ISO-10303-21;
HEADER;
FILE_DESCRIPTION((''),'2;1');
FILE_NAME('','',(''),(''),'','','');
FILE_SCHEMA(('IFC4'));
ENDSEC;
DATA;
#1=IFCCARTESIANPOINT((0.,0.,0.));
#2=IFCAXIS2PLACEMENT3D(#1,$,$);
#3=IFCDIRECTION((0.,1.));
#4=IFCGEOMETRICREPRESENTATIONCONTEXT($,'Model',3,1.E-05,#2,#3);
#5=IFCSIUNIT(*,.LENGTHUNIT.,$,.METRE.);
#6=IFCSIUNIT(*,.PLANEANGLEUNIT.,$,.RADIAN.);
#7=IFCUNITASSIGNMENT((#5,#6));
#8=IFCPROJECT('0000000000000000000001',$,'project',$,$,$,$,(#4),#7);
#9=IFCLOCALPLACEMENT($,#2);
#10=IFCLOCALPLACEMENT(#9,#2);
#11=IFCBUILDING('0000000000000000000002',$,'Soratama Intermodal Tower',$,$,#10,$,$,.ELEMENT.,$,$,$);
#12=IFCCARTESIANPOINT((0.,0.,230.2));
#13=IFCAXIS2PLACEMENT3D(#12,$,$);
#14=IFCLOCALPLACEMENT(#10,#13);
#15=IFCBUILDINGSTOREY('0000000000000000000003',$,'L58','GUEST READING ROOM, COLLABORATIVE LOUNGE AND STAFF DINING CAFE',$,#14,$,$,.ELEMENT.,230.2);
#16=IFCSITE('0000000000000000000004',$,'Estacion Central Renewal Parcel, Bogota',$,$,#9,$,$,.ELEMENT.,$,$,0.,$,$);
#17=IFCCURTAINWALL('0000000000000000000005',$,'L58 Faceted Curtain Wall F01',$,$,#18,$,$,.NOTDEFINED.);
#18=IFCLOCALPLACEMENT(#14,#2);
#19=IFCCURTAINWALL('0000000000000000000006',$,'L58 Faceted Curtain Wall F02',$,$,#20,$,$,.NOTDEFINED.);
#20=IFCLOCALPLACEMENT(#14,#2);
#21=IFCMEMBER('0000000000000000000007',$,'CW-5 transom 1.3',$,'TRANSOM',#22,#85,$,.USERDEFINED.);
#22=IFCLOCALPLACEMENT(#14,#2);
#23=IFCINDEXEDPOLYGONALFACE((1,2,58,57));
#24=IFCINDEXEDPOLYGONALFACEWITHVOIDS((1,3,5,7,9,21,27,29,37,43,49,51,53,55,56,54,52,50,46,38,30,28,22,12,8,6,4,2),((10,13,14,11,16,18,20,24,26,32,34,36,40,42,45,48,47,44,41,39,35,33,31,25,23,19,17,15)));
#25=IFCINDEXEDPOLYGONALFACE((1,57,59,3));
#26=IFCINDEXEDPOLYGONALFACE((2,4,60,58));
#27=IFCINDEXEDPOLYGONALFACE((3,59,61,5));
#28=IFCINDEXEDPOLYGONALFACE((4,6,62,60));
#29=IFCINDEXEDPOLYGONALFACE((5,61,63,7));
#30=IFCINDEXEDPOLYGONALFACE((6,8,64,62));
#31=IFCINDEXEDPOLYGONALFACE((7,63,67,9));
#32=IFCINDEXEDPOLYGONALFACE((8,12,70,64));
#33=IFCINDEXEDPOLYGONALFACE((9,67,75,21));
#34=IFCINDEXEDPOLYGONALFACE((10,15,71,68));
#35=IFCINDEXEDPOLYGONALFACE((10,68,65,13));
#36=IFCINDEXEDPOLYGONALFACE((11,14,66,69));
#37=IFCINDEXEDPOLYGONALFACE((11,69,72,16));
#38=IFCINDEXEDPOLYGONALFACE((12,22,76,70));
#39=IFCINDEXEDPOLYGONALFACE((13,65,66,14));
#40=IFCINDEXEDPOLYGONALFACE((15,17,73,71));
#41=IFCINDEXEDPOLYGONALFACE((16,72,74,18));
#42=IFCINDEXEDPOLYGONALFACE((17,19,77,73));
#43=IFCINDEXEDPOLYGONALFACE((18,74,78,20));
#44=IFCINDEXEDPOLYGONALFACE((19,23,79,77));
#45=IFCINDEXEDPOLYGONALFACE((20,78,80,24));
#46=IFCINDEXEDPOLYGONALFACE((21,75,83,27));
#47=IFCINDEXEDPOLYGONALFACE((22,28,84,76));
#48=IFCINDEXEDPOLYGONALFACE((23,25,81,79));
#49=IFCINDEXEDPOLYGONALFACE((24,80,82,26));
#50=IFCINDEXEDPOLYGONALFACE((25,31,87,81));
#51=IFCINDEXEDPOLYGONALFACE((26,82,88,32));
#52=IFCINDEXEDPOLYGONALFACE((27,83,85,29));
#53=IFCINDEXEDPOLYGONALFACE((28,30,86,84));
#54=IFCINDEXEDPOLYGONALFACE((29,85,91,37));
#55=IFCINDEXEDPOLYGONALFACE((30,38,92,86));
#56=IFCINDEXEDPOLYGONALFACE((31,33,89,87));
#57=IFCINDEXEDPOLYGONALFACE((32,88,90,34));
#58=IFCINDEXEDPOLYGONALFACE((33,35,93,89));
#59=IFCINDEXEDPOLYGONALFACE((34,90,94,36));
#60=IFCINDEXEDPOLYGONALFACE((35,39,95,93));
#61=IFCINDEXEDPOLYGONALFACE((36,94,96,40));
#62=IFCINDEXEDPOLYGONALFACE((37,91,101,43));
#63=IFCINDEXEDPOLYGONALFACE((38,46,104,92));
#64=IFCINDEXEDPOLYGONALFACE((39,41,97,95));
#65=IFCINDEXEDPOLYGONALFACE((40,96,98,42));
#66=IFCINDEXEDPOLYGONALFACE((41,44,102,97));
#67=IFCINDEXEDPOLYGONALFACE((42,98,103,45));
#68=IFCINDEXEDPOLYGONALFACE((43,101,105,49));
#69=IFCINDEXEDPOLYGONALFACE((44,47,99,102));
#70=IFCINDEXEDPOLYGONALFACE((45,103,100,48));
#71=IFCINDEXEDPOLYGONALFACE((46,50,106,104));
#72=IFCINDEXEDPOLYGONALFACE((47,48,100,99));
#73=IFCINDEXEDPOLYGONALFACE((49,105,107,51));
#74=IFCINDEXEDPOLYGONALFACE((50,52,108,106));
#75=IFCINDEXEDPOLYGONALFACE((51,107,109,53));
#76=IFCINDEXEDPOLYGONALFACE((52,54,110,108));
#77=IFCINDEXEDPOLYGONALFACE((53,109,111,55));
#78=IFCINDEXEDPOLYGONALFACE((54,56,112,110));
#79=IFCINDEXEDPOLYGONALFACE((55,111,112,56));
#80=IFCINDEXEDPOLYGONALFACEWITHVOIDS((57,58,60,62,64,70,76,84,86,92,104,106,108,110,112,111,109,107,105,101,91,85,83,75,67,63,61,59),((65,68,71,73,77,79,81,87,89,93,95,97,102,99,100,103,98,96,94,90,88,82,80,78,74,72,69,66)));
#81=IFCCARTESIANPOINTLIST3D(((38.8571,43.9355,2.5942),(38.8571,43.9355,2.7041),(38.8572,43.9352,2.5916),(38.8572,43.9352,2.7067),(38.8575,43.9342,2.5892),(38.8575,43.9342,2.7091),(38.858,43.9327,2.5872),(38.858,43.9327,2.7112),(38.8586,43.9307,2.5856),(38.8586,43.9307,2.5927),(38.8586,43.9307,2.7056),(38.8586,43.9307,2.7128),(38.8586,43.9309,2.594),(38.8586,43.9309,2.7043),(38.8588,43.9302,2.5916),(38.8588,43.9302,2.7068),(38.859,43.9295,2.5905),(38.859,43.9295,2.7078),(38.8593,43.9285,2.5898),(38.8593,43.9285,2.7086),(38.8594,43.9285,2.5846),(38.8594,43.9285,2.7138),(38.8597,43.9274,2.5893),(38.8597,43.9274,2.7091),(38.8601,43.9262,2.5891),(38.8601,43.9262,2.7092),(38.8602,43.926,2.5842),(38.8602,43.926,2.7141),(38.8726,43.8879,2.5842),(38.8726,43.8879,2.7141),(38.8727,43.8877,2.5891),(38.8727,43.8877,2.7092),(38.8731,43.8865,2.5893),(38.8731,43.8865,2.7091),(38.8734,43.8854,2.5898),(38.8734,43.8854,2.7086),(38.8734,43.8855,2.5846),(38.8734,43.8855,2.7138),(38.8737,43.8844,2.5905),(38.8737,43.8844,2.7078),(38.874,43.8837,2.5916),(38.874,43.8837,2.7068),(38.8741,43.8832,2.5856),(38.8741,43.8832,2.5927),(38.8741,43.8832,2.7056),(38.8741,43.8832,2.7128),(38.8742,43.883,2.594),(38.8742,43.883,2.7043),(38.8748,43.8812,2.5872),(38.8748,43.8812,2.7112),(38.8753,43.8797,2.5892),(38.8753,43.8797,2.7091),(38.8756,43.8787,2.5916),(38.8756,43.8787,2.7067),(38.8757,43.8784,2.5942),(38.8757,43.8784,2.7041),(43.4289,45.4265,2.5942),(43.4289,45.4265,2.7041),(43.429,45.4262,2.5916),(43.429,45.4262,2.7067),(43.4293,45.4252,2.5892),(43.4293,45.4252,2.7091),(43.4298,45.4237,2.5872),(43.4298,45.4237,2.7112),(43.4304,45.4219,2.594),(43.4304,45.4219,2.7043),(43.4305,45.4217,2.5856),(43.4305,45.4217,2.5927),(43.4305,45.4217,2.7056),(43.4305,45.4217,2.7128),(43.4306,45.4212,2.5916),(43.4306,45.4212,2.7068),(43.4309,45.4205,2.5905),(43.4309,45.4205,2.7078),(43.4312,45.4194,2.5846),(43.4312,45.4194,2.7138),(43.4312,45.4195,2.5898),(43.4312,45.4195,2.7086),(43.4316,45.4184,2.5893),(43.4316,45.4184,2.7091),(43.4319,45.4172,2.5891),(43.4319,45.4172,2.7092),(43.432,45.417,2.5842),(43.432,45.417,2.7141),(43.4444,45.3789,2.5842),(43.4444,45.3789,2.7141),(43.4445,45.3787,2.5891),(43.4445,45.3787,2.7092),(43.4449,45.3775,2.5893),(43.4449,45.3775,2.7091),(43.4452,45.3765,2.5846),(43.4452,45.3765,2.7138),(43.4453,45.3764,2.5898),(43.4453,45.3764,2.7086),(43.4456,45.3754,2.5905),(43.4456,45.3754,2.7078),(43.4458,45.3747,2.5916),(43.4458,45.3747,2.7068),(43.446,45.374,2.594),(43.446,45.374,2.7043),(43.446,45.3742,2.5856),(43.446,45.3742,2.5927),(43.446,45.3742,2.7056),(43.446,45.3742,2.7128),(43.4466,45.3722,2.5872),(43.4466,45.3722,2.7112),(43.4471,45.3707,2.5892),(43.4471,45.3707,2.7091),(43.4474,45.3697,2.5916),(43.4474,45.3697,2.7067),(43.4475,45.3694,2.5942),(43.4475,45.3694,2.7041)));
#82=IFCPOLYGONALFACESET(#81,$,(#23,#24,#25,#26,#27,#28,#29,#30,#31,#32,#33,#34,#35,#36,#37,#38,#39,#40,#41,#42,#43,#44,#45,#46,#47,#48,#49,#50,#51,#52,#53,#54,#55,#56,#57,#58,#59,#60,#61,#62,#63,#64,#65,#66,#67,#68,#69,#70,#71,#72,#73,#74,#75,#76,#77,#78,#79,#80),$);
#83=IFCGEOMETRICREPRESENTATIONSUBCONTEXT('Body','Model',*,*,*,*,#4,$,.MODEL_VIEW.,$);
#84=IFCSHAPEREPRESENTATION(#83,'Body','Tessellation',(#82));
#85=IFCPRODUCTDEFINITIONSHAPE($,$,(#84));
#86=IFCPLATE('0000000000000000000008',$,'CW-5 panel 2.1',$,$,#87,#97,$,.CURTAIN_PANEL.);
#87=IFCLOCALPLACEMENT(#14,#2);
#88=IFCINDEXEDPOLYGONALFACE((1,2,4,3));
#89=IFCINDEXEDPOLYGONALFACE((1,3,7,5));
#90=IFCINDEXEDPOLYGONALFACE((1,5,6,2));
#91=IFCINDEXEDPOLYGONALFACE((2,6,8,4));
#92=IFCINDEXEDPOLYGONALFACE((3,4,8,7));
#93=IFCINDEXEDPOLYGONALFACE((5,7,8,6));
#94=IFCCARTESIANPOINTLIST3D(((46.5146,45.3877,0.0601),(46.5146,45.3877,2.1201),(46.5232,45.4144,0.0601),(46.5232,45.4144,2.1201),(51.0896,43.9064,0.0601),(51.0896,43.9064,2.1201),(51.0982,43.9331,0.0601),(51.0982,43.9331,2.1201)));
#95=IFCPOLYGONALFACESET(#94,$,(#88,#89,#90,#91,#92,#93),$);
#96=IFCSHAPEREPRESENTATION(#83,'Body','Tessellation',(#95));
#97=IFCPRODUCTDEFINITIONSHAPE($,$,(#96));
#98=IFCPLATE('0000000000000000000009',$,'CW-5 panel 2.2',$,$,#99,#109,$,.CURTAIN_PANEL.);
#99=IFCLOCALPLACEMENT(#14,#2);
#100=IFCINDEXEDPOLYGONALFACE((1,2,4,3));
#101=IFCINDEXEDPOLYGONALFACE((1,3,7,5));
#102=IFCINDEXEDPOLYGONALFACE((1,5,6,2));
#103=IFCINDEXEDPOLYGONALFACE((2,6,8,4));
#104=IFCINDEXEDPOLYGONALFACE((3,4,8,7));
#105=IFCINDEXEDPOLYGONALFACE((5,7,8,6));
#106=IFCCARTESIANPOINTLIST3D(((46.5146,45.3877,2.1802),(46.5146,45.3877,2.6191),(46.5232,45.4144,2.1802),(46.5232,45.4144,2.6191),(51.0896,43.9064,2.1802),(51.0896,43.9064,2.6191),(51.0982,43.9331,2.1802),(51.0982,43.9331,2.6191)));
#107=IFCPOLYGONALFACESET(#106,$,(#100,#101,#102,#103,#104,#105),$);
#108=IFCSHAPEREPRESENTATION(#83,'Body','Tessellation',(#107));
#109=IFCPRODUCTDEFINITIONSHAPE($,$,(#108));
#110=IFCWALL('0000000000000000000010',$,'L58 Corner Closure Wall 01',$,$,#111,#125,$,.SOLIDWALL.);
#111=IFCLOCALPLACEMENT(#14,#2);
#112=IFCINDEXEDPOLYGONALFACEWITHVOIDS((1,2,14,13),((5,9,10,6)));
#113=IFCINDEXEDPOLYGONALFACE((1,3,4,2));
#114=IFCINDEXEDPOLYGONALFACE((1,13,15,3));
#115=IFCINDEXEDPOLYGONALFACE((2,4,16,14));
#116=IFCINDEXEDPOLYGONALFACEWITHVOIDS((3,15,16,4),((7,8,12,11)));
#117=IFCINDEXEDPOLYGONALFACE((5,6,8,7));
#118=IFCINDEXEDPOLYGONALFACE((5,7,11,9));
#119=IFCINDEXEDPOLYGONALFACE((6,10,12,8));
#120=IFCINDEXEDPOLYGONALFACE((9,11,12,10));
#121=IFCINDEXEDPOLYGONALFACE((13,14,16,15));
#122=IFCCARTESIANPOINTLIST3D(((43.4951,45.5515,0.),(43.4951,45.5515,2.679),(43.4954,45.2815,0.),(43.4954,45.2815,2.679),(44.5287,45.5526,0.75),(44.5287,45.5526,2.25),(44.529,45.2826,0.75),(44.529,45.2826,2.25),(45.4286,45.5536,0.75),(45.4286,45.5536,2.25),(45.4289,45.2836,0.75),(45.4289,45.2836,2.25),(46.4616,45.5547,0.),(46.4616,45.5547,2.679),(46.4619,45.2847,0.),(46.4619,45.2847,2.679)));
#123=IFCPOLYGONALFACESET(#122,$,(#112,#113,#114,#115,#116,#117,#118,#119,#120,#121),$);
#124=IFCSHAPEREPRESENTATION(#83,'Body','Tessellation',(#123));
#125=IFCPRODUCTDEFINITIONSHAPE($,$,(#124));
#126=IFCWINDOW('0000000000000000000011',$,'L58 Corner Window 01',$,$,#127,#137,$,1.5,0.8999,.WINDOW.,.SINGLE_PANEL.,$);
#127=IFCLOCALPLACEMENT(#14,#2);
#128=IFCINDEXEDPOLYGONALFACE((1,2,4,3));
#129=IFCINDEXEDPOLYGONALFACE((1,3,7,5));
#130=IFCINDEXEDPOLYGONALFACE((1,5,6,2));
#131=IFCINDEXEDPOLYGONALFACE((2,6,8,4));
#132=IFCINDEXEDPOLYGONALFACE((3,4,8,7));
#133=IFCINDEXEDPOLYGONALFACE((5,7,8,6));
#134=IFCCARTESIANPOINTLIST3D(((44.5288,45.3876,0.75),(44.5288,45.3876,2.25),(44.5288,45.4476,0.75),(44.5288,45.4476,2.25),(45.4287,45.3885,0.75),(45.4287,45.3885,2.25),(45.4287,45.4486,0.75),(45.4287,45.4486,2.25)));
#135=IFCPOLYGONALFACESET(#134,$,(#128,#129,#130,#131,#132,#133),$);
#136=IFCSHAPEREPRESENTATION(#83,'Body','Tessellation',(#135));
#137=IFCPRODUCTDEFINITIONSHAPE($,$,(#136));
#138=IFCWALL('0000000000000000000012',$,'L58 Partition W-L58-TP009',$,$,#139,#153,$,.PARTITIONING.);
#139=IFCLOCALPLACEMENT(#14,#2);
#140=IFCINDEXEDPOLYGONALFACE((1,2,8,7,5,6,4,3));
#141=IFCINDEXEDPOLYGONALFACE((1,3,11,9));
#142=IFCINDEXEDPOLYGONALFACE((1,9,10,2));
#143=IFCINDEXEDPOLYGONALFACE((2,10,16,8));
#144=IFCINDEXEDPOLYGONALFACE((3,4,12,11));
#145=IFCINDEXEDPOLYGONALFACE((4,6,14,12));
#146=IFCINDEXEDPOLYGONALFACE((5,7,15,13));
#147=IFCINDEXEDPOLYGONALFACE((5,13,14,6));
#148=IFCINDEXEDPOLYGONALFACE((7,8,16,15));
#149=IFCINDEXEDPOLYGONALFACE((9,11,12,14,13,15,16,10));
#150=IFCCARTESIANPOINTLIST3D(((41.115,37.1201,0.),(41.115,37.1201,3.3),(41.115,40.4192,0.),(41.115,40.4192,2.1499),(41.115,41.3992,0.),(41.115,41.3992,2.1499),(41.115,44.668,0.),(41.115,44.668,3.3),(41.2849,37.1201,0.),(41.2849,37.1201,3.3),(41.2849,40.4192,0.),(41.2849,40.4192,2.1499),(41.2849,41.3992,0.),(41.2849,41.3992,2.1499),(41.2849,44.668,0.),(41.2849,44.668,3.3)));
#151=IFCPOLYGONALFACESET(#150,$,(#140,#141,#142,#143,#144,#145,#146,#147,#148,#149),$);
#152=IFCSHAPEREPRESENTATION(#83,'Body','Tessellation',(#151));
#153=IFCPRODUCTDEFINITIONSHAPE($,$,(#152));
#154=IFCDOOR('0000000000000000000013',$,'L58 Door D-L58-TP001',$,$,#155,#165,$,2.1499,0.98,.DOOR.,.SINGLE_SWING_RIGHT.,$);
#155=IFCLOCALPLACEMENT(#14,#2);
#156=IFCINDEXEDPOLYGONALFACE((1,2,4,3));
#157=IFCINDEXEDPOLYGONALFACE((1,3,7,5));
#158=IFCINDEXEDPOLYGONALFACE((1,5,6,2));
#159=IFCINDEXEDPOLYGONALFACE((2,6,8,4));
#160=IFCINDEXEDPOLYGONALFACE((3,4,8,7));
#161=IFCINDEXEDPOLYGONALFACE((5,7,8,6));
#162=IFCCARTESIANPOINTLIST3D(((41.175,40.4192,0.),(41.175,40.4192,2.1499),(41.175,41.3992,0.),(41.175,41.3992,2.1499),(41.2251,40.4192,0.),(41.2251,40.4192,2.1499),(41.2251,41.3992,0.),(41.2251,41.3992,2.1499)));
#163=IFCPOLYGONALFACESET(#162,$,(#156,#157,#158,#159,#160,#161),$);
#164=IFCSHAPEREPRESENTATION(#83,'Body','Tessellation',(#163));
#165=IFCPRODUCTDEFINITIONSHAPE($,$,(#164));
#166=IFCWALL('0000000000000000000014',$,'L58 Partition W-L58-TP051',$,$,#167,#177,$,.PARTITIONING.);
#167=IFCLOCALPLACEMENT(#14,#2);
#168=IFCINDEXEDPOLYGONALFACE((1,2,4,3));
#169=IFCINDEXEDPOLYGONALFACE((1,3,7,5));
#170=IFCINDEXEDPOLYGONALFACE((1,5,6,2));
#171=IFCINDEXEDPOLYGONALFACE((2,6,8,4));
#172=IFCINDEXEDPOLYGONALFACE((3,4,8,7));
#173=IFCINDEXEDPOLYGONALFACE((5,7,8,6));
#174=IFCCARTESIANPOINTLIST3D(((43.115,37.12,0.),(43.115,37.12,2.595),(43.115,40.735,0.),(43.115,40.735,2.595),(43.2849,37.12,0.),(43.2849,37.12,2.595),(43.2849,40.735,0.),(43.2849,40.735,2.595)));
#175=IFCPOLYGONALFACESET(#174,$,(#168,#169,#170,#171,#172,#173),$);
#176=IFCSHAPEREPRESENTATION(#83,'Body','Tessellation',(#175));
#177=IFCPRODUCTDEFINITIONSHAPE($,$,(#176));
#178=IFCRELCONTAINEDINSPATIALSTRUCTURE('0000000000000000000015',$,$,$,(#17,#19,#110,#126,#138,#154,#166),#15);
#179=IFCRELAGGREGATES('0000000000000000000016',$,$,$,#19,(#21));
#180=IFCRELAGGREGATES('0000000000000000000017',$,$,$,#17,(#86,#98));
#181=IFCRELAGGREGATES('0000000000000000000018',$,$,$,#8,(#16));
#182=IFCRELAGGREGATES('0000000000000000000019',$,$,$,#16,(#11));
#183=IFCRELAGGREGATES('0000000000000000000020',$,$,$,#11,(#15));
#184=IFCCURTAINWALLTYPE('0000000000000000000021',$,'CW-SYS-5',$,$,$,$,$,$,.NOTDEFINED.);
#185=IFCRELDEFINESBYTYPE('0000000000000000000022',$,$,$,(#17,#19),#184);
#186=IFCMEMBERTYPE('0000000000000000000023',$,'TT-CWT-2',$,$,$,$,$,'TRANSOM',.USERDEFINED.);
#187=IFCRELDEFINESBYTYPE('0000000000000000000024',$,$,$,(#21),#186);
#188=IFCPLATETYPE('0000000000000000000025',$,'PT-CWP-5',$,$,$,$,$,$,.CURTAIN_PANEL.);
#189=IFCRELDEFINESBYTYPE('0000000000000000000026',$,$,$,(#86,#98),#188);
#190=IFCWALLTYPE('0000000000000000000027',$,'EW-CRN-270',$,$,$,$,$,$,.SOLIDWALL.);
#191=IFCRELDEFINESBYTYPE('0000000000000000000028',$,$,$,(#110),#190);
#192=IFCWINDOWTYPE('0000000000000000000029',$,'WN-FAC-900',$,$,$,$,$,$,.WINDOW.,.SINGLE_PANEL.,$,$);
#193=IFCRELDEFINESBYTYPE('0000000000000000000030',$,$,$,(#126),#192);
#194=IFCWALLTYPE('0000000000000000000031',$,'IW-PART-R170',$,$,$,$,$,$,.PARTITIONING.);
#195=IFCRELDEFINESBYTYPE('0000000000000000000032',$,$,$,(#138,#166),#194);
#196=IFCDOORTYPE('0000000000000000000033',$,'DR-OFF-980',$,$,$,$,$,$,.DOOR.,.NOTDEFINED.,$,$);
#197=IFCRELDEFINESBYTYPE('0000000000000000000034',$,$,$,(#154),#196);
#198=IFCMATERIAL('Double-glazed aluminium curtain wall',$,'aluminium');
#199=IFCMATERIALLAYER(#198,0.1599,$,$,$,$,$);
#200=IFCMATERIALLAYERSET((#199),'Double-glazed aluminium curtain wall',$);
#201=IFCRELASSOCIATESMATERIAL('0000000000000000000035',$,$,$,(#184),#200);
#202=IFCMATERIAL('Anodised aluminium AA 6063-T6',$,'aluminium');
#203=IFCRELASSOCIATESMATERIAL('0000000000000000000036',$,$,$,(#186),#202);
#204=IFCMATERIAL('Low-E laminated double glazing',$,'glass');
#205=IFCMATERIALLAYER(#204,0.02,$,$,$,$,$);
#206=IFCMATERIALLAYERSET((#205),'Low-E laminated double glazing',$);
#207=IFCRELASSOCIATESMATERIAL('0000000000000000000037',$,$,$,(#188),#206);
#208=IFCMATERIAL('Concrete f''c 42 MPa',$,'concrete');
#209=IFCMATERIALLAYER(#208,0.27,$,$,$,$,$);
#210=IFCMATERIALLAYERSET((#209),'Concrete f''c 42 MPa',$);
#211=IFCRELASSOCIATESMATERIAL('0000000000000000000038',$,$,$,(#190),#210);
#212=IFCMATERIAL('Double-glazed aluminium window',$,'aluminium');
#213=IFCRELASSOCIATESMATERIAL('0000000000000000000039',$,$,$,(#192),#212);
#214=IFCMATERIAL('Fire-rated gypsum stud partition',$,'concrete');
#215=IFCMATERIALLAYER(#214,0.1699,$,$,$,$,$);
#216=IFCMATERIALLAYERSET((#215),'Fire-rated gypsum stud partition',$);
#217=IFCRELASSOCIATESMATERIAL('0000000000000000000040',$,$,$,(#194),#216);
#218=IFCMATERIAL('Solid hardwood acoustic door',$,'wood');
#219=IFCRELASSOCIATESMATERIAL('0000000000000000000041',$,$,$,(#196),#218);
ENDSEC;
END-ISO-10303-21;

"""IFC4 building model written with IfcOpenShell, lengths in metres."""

from ifc_helpers import new_model, si_unit, direction, frame, frame_2d, origin, origin_2d, place, context, subcontext, project, spatial, rectangle, hollow_rectangle, extrude, material, layer, layer_set, material_profile, profile_set, type_object, element, fill, aggregate, save


model = new_model("IFC4")

# Units and contexts
model_context = context("Model", 3, precision=1e-05, world=origin(), true_north=direction((0.0, 1.0)))
body_context = subcontext(model_context, "Body", "Model", "MODEL_VIEW")
ifc_project = project(units=[si_unit("LENGTHUNIT", "METRE"), si_unit("PLANEANGLEUNIT", "RADIAN")], contexts=[model_context])

# Site, building, storey
site_placement = place(None, origin())
site = spatial("IfcSite", under=ifc_project, at=site_placement, Name="Estacion Central Renewal Parcel, Bogota", CompositionType="ELEMENT", RefElevation=0.0)
building_placement = place(site_placement, origin())
building = spatial("IfcBuilding", under=site, at=building_placement, Name="Soratama Intermodal Tower", CompositionType="ELEMENT")
storey_placement = place(building_placement, frame((0.0, 0.0, 230.2)))
storey = spatial("IfcBuildingStorey", under=building, at=storey_placement, Name="L58", Description="GUEST READING ROOM, COLLABORATIVE LOUNGE AND STAFF DINING CAFE", CompositionType="ELEMENT", Elevation=230.2)

# Curtain wall
ifc_material_1 = material(Name="Double-glazed aluminium curtain wall", Category="aluminium")
ifc_layer_1 = layer(ifc_material_1, 0.1599)
ifc_layer_set_1 = layer_set([ifc_layer_1], Name="Double-glazed aluminium curtain wall")
curtain_wall_type = type_object("IfcCurtainWallType", Name="CW-SYS-5", PredefinedType="NOTDEFINED", material=ifc_layer_set_1)
curtain_wall_1_placement = place(storey_placement, origin())
curtain_wall_1 = element("IfcCurtainWall", 1, at=curtain_wall_1_placement, inside=storey, type_object=curtain_wall_type, Name="L58 Faceted Curtain Wall F01", PredefinedType="NOTDEFINED")

# Curtain wall, member
curtain_wall_2_placement = place(storey_placement, origin())
curtain_wall_2 = element("IfcCurtainWall", 2, at=curtain_wall_2_placement, inside=storey, type_object=curtain_wall_type, Name="L58 Faceted Curtain Wall F02", PredefinedType="NOTDEFINED")
ifc_material_2 = material(Name="Anodised aluminium AA 6063-T6", Category="aluminium")
ifc_material_profile_1 = material_profile(ifc_material_2, hollow_rectangle(XDim=0.0601, YDim=0.1299, WallThickness=0.0049, InnerFilletRadius=0.0049, OuterFilletRadius=0.01, at=origin_2d()), Name="CWT130X60X5")
ifc_profile_set_1 = profile_set([ifc_material_profile_1], Name="Anodised aluminium AA 6063-T6")
member_type_1 = type_object("IfcMemberType", Name="TT-CWT-2", ElementType="TRANSOM", PredefinedType="USERDEFINED", material=ifc_profile_set_1)
member_1_placement = place(storey_placement, frame((43.4382, 45.3979, 2.6492), z_axis=(-0.950719, -0.310053, 0.0), x_axis=(0.310053, -0.950719, 0.0)))
member_1 = element("IfcMember", 3, at=member_1_placement, type_object=member_type_1, Name="CW-5 transom 1.3", ObjectType="TRANSOM", PredefinedType="USERDEFINED", context=body_context, shape_type="SweptSolid", body=[
    extrude(hollow_rectangle(XDim=0.0601, YDim=0.1299, WallThickness=0.0049, InnerFilletRadius=0.0049, OuterFilletRadius=0.01, at=origin_2d()), origin(), (0.0, 0.0, 1.0), 4.8088),
])
aggregate(curtain_wall_2, [member_1])

# Plates
ifc_material_3 = material(Name="Low-E laminated double glazing", Category="glass")
ifc_layer_2 = layer(ifc_material_3, 0.02)
ifc_layer_set_2 = layer_set([ifc_layer_2], Name="Low-E laminated double glazing")
plate_type = type_object("IfcPlateType", Name="PT-CWP-5", PredefinedType="CURTAIN_PANEL", material=ifc_layer_set_2)
plate_1_placement = place(storey_placement, frame((48.8064, 44.6604, 0.0601), z_axis=(0.0, 0.0, 1.0), x_axis=(-0.951379, 0.308022, 0.0)))
plate_1 = element("IfcPlate", 4, at=plate_1_placement, type_object=plate_type, Name="CW-5 panel 2.1", PredefinedType="CURTAIN_PANEL", context=body_context, shape_type="SweptSolid", body=[
    extrude(rectangle(XDim=4.8088, YDim=0.0281, at=origin_2d()), origin(), (0.0, 0.0, 1.0), 2.0601),
])
plate_2_placement = place(storey_placement, frame((48.8064, 44.6604, 2.1802), z_axis=(0.0, 0.0, 1.0), x_axis=(-0.951379, 0.308022, 0.0)))
plate_2 = element("IfcPlate", 5, at=plate_2_placement, type_object=plate_type, Name="CW-5 panel 2.2", PredefinedType="CURTAIN_PANEL", context=body_context, shape_type="SweptSolid", body=[
    extrude(rectangle(XDim=4.8088, YDim=0.0281, at=origin_2d()), origin(), (0.0, 0.0, 1.0), 0.439),
])
aggregate(curtain_wall_1, [plate_1, plate_2])

# Wall, opening, window
ifc_material_4 = material(Name="Concrete f'c 42 MPa", Category="concrete")
ifc_layer_3 = layer(ifc_material_4, 0.27)
ifc_layer_set_3 = layer_set([ifc_layer_3], Name="Concrete f'c 42 MPa")
wall_type_1 = type_object("IfcWallType", Name="EW-CRN-270", PredefinedType="SOLIDWALL", material=ifc_layer_set_3)
wall_1_placement = place(storey_placement, frame((46.4619, 45.4197, 0.0), z_axis=(0.0, 0.0, 1.0), x_axis=(-0.999999, -0.00107, 0.0)))
wall_1 = element("IfcWall", 6, at=wall_1_placement, inside=storey, type_object=wall_type_1, Name="L58 Corner Closure Wall 01", PredefinedType="SOLIDWALL", context=body_context, shape_type="SweptSolid", body=[
    extrude(rectangle(XDim=2.9666, YDim=0.27, at=frame_2d((1.4834, 0.0))), origin(), (0.0, 0.0, 1.0), 2.679),
])
opening_1_placement = place(wall_1_placement, frame((1.0332, 0.0, 0.75)))
opening_1 = element("IfcOpeningElement", 7, at=opening_1_placement, cuts=wall_1, PredefinedType="OPENING", context=body_context, shape_type="SweptSolid", body=[
    extrude(rectangle(XDim=0.8999, YDim=1.5, at=frame_2d((0.45, 0.75))), frame((0.0, 0.145, 0.0), z_axis=(0.0, -1.0, 0.0), x_axis=(1.0, 0.0, 0.0)), (0.0, 0.0, 1.0), 0.29),
])
ifc_material_5 = material(Name="Double-glazed aluminium window", Category="aluminium")
window_type = type_object("IfcWindowType", Name="WN-FAC-900", PartitioningType="SINGLE_PANEL", PredefinedType="WINDOW", material=ifc_material_5)
window_placement = place(opening_1_placement, origin())
window = element("IfcWindow", 8, at=window_placement, inside=storey, type_object=window_type, Name="L58 Corner Window 01", OverallHeight=1.5, OverallWidth=0.8999, PartitioningType="SINGLE_PANEL", PredefinedType="WINDOW", context=body_context, shape_type="SweptSolid", body=[
    extrude(rectangle(XDim=0.8999, YDim=1.5, at=frame_2d((0.45, 0.75))), frame((0.0, 0.03, 0.0), z_axis=(0.0, -1.0, 0.0), x_axis=(1.0, 0.0, 0.0)), (0.0, 0.0, 1.0), 0.0601),
])
fill(opening_1, window)

# Wall, opening, door
ifc_material_6 = material(Name="Fire-rated gypsum stud partition", Category="concrete")
ifc_layer_4 = layer(ifc_material_6, 0.1699)
ifc_layer_set_4 = layer_set([ifc_layer_4], Name="Fire-rated gypsum stud partition")
wall_type_2 = type_object("IfcWallType", Name="IW-PART-R170", PredefinedType="PARTITIONING", material=ifc_layer_set_4)
wall_2_placement = place(storey_placement, frame((41.2, 37.1201, 0.0), z_axis=(0.0, 0.0, 1.0), x_axis=(0.0, 1.0, 0.0)))
wall_2 = element("IfcWall", 9, at=wall_2_placement, inside=storey, type_object=wall_type_2, Name="L58 Partition W-L58-TP009", PredefinedType="PARTITIONING", context=body_context, shape_type="SweptSolid", body=[
    extrude(rectangle(XDim=7.5479, YDim=0.1699, at=frame_2d((3.7739, 0.0))), origin(), (0.0, 0.0, 1.0), 3.3),
])
opening_2_placement = place(wall_2_placement, frame((3.2991, 0.0, 0.0)))
opening_2 = element("IfcOpeningElement", 10, at=opening_2_placement, cuts=wall_2, PredefinedType="OPENING", context=body_context, shape_type="SweptSolid", body=[
    extrude(rectangle(XDim=0.98, YDim=2.1499, at=frame_2d((0.49, 1.075))), frame((0.0, 0.095, 0.0), z_axis=(0.0, -1.0, 0.0), x_axis=(1.0, 0.0, 0.0)), (0.0, 0.0, 1.0), 0.1899),
])
ifc_material_7 = material(Name="Solid hardwood acoustic door", Category="wood")
door_type = type_object("IfcDoorType", Name="DR-OFF-980", OperationType="NOTDEFINED", PredefinedType="DOOR", material=ifc_material_7)
door_1_placement = place(opening_2_placement, origin())
door_1 = element("IfcDoor", 11, at=door_1_placement, inside=storey, type_object=door_type, Name="L58 Door D-L58-TP001", OperationType="SINGLE_SWING_RIGHT", OverallHeight=2.1499, OverallWidth=0.98, PredefinedType="DOOR", context=body_context, shape_type="SweptSolid", body=[
    extrude(rectangle(XDim=0.98, YDim=2.1499, at=frame_2d((0.49, 1.075))), frame((0.0, 0.0249, 0.0), z_axis=(0.0, -1.0, 0.0), x_axis=(1.0, 0.0, 0.0)), (0.0, 0.0, 1.0), 0.05),
])
fill(opening_2, door_1)

# Wall
wall_3_placement = place(storey_placement, frame((43.2, 40.7351, 0.0), z_axis=(0.0, 0.0, 1.0), x_axis=(0.0, -1.0, 0.0)))
element("IfcWall", 12, at=wall_3_placement, inside=storey, type_object=wall_type_2, Name="L58 Partition W-L58-TP051", PredefinedType="PARTITIONING", context=body_context, shape_type="SweptSolid", body=[
    extrude(rectangle(XDim=3.615, YDim=0.1699, at=frame_2d((1.8076, 0.0))), origin(), (0.0, 0.0, 1.0), 2.595),
])

save(model, "model.ifc")
